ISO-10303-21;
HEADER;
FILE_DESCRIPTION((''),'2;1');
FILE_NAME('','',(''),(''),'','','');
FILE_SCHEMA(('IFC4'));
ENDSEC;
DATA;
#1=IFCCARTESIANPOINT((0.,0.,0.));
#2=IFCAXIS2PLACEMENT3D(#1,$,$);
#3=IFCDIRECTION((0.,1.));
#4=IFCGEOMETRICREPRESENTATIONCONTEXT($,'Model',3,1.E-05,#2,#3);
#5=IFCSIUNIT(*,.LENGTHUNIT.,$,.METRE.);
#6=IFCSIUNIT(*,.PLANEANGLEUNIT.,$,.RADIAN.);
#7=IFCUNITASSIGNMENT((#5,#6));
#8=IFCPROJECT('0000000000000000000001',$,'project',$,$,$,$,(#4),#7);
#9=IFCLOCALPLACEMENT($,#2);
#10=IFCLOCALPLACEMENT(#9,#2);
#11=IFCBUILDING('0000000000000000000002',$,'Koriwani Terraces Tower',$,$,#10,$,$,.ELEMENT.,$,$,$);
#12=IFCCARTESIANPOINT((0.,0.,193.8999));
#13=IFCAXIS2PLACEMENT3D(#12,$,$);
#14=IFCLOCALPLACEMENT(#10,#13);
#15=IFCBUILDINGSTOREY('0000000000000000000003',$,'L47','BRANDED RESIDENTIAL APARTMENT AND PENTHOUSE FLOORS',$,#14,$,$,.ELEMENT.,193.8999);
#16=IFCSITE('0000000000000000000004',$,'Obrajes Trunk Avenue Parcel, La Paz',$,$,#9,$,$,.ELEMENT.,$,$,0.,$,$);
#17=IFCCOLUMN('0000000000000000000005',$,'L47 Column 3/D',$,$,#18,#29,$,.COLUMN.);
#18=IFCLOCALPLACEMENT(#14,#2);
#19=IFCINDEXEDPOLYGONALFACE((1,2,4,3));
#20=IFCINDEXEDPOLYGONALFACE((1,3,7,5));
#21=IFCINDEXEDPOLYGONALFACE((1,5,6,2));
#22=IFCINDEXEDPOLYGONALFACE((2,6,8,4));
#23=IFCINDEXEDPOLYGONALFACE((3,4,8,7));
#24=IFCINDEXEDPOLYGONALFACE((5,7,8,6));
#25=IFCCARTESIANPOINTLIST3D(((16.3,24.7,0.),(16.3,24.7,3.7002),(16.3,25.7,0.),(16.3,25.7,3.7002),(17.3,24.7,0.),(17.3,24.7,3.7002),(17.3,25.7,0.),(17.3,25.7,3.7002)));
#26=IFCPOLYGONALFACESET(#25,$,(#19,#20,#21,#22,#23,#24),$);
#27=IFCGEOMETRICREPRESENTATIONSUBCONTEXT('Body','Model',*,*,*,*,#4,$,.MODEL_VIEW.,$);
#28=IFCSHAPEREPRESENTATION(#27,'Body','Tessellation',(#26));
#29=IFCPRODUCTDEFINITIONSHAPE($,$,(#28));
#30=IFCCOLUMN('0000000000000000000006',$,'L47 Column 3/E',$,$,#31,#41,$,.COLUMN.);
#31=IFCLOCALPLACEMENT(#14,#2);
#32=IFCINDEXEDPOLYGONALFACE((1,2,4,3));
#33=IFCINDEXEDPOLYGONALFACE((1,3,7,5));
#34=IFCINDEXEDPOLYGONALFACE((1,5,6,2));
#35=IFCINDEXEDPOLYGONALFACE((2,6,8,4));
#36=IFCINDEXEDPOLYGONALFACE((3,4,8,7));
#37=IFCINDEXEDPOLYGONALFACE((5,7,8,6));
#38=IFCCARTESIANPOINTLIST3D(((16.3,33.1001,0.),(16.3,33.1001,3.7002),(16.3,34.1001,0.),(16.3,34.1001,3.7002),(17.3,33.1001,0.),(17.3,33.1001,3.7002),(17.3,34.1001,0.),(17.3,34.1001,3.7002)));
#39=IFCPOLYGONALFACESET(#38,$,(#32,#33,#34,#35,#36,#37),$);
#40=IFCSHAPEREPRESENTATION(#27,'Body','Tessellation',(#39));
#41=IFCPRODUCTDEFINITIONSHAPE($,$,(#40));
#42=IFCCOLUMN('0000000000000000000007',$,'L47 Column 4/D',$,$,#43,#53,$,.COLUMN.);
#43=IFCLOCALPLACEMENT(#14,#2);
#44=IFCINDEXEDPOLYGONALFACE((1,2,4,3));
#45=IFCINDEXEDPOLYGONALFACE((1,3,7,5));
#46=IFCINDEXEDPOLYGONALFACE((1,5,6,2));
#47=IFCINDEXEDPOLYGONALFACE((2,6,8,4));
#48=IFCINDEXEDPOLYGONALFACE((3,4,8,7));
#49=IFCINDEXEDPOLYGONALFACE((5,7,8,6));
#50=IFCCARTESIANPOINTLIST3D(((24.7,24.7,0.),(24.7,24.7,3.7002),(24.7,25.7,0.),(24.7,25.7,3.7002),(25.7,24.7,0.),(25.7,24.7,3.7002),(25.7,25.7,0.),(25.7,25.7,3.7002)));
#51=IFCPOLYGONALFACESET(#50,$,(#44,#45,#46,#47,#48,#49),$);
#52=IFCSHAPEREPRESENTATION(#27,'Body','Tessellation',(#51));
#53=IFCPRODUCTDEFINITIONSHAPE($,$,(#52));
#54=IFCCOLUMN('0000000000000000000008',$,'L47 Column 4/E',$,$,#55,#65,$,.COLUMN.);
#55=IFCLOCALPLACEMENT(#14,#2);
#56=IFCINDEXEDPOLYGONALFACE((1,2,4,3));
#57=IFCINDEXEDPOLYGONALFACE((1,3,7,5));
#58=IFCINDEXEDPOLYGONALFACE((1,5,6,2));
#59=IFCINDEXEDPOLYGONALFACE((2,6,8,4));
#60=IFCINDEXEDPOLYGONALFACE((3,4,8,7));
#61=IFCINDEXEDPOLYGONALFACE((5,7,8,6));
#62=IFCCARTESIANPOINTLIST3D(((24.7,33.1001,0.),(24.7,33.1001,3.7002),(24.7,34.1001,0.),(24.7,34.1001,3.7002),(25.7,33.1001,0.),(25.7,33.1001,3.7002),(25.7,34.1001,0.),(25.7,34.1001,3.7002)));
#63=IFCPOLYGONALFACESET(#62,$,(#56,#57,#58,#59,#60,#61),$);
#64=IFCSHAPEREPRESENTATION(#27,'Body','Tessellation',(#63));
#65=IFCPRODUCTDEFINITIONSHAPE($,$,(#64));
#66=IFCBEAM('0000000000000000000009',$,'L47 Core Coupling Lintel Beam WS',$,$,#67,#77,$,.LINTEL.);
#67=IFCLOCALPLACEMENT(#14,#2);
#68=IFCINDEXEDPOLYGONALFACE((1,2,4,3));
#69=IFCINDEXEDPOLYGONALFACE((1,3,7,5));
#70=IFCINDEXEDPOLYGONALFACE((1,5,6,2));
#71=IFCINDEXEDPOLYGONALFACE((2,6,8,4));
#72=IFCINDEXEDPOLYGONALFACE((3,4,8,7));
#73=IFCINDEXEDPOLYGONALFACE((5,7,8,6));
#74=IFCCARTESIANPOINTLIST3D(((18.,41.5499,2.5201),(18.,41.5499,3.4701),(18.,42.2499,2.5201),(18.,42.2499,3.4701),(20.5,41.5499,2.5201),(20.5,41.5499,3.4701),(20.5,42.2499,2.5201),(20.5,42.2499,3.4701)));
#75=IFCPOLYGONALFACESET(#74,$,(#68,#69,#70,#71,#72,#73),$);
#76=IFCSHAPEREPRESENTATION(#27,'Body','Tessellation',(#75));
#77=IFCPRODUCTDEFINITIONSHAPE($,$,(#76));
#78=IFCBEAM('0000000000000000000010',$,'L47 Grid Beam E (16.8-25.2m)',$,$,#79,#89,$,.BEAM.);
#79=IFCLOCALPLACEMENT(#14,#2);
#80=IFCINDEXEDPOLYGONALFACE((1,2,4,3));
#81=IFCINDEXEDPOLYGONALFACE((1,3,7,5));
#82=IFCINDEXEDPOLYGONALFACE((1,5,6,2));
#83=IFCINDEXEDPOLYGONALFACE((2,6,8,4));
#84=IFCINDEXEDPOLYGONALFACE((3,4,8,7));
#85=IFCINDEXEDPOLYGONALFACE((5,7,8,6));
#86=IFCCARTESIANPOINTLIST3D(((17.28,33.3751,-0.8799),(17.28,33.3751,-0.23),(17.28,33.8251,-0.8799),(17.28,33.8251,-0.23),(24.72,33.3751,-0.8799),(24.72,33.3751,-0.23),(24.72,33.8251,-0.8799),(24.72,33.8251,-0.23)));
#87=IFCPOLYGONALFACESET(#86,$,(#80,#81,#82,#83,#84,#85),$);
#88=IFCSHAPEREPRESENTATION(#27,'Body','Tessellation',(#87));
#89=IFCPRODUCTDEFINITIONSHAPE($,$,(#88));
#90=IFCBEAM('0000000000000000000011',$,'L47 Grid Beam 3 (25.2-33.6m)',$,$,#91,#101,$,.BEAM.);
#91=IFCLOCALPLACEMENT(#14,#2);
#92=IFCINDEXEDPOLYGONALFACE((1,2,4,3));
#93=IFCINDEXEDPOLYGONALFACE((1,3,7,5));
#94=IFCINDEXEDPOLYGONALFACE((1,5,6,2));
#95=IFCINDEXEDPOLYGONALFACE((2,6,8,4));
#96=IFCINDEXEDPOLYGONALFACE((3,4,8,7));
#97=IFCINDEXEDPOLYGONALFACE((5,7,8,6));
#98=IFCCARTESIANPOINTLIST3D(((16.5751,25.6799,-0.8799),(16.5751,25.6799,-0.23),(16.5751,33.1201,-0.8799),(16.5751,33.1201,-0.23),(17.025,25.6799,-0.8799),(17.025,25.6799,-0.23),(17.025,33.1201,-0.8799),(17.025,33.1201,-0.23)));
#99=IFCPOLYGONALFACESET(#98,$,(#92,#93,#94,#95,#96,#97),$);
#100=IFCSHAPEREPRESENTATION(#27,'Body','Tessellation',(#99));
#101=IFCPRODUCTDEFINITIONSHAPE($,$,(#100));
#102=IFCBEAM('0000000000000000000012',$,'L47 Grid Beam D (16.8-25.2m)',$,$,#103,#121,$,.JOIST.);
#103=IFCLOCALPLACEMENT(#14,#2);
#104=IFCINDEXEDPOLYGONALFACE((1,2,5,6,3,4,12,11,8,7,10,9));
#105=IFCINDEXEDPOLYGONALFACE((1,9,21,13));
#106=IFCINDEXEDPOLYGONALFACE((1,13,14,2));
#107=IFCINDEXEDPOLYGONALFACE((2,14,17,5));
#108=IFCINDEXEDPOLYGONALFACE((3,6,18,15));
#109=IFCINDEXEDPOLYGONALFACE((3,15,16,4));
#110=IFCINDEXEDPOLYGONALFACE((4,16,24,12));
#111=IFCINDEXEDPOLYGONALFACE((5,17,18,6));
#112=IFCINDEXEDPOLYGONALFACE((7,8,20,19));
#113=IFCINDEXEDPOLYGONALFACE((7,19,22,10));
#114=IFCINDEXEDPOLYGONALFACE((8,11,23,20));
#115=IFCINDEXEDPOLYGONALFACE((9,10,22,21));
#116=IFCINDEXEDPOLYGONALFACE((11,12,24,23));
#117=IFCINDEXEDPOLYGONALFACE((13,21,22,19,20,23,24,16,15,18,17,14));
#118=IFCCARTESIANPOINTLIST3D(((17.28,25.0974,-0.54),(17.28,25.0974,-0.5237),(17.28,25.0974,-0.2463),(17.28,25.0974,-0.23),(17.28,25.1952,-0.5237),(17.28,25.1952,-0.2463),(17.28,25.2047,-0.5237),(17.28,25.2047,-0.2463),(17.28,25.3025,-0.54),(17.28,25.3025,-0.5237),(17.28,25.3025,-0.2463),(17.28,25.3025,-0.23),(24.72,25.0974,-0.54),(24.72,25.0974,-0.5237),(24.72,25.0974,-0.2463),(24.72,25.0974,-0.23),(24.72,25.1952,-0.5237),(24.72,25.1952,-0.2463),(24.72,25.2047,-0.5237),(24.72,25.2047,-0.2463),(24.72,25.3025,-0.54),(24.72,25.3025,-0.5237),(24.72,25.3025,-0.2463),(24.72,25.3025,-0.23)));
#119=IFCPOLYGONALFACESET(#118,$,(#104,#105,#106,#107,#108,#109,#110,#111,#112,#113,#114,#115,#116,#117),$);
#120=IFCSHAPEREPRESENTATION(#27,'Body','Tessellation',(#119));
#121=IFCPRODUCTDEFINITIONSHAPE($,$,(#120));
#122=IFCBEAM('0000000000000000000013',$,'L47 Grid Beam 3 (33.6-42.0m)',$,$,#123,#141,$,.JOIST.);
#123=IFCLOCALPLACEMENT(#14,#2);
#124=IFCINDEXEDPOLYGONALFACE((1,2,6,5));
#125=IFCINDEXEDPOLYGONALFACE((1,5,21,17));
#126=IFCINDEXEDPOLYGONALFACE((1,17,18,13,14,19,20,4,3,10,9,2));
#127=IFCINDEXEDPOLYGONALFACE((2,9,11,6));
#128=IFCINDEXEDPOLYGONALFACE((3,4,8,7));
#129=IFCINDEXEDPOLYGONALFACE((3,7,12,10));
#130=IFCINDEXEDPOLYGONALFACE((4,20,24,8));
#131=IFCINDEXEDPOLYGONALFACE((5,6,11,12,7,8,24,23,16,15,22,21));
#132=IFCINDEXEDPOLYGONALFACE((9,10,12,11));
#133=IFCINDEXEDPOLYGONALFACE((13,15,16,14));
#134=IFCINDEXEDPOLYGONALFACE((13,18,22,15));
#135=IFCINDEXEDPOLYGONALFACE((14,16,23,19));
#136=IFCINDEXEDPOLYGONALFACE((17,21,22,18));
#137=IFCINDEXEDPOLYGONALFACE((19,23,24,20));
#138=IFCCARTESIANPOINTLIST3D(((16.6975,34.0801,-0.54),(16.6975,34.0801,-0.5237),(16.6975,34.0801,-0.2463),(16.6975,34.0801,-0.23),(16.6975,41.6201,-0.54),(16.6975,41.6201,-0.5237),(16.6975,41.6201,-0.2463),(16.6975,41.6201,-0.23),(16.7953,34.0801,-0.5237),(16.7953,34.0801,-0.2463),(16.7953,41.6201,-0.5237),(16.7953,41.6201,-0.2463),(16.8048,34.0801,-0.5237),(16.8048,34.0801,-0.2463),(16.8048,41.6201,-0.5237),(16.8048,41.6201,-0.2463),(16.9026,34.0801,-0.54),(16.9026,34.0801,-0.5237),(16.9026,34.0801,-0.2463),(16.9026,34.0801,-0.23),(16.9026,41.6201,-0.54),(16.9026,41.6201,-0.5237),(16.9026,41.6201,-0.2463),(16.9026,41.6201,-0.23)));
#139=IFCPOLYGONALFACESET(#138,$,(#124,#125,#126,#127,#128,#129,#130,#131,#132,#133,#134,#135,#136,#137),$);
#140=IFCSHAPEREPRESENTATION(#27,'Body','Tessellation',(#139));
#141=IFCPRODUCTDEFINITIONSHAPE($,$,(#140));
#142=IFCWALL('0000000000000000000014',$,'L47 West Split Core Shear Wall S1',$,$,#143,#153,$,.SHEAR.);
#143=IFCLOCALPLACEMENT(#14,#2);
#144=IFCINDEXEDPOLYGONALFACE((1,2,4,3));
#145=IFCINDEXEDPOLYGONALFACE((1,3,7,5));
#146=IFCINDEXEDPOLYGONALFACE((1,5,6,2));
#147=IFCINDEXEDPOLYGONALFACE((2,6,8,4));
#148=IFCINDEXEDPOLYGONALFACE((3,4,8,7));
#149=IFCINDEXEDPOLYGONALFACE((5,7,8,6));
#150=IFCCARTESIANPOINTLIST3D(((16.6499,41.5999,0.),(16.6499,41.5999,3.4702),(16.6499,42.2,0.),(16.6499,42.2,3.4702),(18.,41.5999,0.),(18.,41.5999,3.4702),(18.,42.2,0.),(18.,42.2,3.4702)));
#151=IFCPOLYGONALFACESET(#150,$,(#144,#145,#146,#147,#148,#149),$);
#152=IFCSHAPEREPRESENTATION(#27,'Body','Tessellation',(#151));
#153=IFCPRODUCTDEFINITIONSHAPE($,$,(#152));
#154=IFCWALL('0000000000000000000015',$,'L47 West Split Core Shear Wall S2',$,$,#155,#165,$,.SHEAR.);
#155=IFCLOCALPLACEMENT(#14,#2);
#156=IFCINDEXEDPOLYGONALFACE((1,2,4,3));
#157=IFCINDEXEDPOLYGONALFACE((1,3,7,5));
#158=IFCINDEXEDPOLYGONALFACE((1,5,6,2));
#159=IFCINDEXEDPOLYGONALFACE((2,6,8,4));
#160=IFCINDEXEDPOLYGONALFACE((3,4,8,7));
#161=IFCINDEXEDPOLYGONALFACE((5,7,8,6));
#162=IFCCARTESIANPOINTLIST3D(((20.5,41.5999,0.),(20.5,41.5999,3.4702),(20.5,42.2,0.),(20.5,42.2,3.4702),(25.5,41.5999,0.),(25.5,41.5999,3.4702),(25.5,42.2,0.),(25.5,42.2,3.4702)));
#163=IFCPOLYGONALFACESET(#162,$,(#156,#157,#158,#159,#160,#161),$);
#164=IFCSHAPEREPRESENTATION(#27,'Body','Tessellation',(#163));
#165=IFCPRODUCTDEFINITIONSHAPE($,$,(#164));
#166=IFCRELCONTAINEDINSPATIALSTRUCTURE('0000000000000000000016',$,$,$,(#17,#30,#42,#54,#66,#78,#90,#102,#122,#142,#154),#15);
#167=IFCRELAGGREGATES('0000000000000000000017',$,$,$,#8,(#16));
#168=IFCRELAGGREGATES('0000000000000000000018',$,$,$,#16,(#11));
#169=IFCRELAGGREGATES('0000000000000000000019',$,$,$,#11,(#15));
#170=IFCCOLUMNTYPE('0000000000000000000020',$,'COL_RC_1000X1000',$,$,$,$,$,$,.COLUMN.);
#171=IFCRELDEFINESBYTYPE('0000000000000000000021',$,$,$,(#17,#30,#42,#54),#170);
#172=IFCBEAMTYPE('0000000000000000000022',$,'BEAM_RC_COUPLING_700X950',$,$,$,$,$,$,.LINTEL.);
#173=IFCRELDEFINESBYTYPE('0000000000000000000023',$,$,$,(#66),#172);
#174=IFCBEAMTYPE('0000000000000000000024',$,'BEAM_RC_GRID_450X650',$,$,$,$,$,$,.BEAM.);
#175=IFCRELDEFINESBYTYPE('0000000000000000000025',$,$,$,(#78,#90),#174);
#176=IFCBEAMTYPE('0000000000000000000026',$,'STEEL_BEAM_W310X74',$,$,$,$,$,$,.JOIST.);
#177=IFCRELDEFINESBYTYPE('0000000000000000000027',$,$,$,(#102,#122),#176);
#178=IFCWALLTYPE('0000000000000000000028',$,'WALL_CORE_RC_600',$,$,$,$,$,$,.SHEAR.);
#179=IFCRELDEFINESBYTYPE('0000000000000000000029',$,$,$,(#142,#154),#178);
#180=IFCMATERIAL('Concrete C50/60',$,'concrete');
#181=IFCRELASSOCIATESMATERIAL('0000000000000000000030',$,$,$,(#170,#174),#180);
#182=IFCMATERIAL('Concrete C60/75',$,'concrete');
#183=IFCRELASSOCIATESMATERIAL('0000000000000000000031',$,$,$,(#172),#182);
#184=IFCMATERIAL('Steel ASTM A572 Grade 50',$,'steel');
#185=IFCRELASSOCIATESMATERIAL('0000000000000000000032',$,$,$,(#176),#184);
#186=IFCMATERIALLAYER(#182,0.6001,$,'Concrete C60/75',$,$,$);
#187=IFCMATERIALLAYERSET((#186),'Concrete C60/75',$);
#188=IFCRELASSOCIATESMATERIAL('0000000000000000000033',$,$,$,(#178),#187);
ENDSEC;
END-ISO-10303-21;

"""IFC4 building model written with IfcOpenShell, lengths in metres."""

from ifc_helpers import new_model, si_unit, direction, frame, frame_2d, origin, origin_2d, place, context, subcontext, project, spatial, rectangle, i_section, extrude, material, layer, layer_set, material_profile, profile_set, type_object, element, save


model = new_model("IFC4")

# Units and contexts
model_context = context("Model", 3, precision=1e-05, world=origin(), true_north=direction((0.0, 1.0)))
body_context = subcontext(model_context, "Body", "Model", "MODEL_VIEW")
ifc_project = project(units=[si_unit("LENGTHUNIT", "METRE"), si_unit("PLANEANGLEUNIT", "RADIAN")], contexts=[model_context])

# Site, building, storey
site_placement = place(None, origin())
site = spatial("IfcSite", under=ifc_project, at=site_placement, Name="Obrajes Trunk Avenue Parcel, La Paz", CompositionType="ELEMENT", RefElevation=0.0)
building_placement = place(site_placement, origin())
building = spatial("IfcBuilding", under=site, at=building_placement, Name="Koriwani Terraces Tower", CompositionType="ELEMENT")
storey_placement = place(building_placement, frame((0.0, 0.0, 193.8999)))
storey = spatial("IfcBuildingStorey", under=building, at=storey_placement, Name="L47", Description="BRANDED RESIDENTIAL APARTMENT AND PENTHOUSE FLOORS", CompositionType="ELEMENT", Elevation=193.8999)

# Columns
ifc_material_1 = material(Name="Concrete C50/60", Category="concrete")
ifc_material_profile_1 = material_profile(ifc_material_1, rectangle(XDim=1.0, YDim=1.0, at=origin_2d()), Name="Concrete C50/60", Category="LoadBearing")
ifc_profile_set_1 = profile_set([ifc_material_profile_1], Name="Concrete C50/60")
column_type = type_object("IfcColumnType", Name="COL_RC_1000X1000", PredefinedType="COLUMN", material=ifc_profile_set_1)
for number, where, z_axis, x_axis, name in (
    (1, (16.8, 25.2, 0.0), (0.0, 0.0, 1.0), (1.0, 0.0, 0.0), "L47 Column 3/D"),
    (2, (16.8, 33.6001, 0.0), (0.0, 0.0, 1.0), (1.0, 0.0, 0.0), "L47 Column 3/E"),
    (3, (25.2, 25.2, 0.0), (0.0, 0.0, 1.0), (1.0, 0.0, 0.0), "L47 Column 4/D"),
    (4, (25.2, 33.6001, 0.0), (0.0, 0.0, 1.0), (1.0, 0.0, 0.0), "L47 Column 4/E"),
):
    element("IfcColumn", number, at=place(storey_placement, frame(where, z_axis=z_axis, x_axis=x_axis)), inside=storey, type_object=column_type, Name=name, PredefinedType="COLUMN", context=body_context, shape_type="SweptSolid", body=[
        extrude(rectangle(XDim=1.0, YDim=1.0, at=origin_2d()), origin(), (0.0, 0.0, 1.0), 3.7002),
    ])

# Beams
ifc_material_2 = material(Name="Concrete C60/75", Category="concrete")
ifc_material_profile_2 = material_profile(ifc_material_2, rectangle(XDim=0.7, YDim=0.95, at=origin_2d()), Name="Concrete C60/75", Category="LoadBearing")
ifc_profile_set_2 = profile_set([ifc_material_profile_2], Name="Concrete C60/75")
beam_type_1 = type_object("IfcBeamType", Name="BEAM_RC_COUPLING_700X950", PredefinedType="LINTEL", material=ifc_profile_set_2)
beam_1_placement = place(storey_placement, frame((18.0, 41.8999, 2.9951), z_axis=(1.0, 0.0, 0.0), x_axis=(0.0, 1.0, 0.0)))
element("IfcBeam", 5, at=beam_1_placement, inside=storey, type_object=beam_type_1, Name="L47 Core Coupling Lintel Beam WS", PredefinedType="LINTEL", context=body_context, shape_type="SweptSolid", body=[
    extrude(rectangle(XDim=0.7, YDim=0.95, at=origin_2d()), origin(), (0.0, 0.0, 1.0), 2.5),
])
ifc_material_profile_3 = material_profile(ifc_material_1, rectangle(XDim=0.45, YDim=0.6499, at=origin_2d()), Name="Concrete C50/60", Category="LoadBearing")
ifc_profile_set_3 = profile_set([ifc_material_profile_3], Name="Concrete C50/60")
beam_type_2 = type_object("IfcBeamType", Name="BEAM_RC_GRID_450X650", PredefinedType="BEAM", material=ifc_profile_set_3)
beam_2_placement = place(storey_placement, frame((17.28, 33.6001, -0.5549), z_axis=(1.0, 0.0, 0.0), x_axis=(0.0, 1.0, 0.0)))
element("IfcBeam", 6, at=beam_2_placement, inside=storey, type_object=beam_type_2, Name="L47 Grid Beam E (16.8-25.2m)", PredefinedType="BEAM", context=body_context, shape_type="SweptSolid", body=[
    extrude(rectangle(XDim=0.45, YDim=0.6499, at=origin_2d()), origin(), (0.0, 0.0, 1.0), 7.4399),
])
beam_3_placement = place(storey_placement, frame((16.8, 25.6799, -0.5549), z_axis=(0.0, 1.0, 0.0), x_axis=(-1.0, 0.0, 0.0)))
element("IfcBeam", 7, at=beam_3_placement, inside=storey, type_object=beam_type_2, Name="L47 Grid Beam 3 (25.2-33.6m)", PredefinedType="BEAM", context=body_context, shape_type="SweptSolid", body=[
    extrude(rectangle(XDim=0.45, YDim=0.6499, at=origin_2d()), origin(), (0.0, 0.0, 1.0), 7.4402),
])
ifc_material_3 = material(Name="Steel ASTM A572 Grade 50", Category="steel")
ifc_material_profile_4 = material_profile(ifc_material_3, i_section(OverallWidth=0.2051, OverallDepth=0.3101, WebThickness=0.0095, FlangeThickness=0.0164, at=origin_2d()), Name="Steel ASTM A572 Grade 50", Category="LoadBearing")
ifc_profile_set_4 = profile_set([ifc_material_profile_4], Name="Steel ASTM A572 Grade 50")
beam_type_3 = type_object("IfcBeamType", Name="STEEL_BEAM_W310X74", PredefinedType="JOIST", material=ifc_profile_set_4)
beam_4_placement = place(storey_placement, frame((17.28, 25.2, -0.385), z_axis=(1.0, 0.0, 0.0), x_axis=(0.0, 1.0, 0.0)))
element("IfcBeam", 8, at=beam_4_placement, inside=storey, type_object=beam_type_3, Name="L47 Grid Beam D (16.8-25.2m)", PredefinedType="JOIST", context=body_context, shape_type="SweptSolid", body=[
    extrude(i_section(OverallWidth=0.2051, OverallDepth=0.3101, WebThickness=0.0095, FlangeThickness=0.0164, at=origin_2d()), origin(), (0.0, 0.0, 1.0), 7.4399),
])
beam_5_placement = place(storey_placement, frame((16.8, 34.0801, -0.385), z_axis=(0.0, 1.0, 0.0), x_axis=(-1.0, 0.0, 0.0)))
element("IfcBeam", 9, at=beam_5_placement, inside=storey, type_object=beam_type_3, Name="L47 Grid Beam 3 (33.6-42.0m)", PredefinedType="JOIST", context=body_context, shape_type="SweptSolid", body=[
    extrude(i_section(OverallWidth=0.2051, OverallDepth=0.3101, WebThickness=0.0095, FlangeThickness=0.0164, at=origin_2d()), origin(), (0.0, 0.0, 1.0), 7.54),
])

# Walls
ifc_layer_1 = layer(ifc_material_2, 0.6001, Name="Concrete C60/75")
ifc_layer_set_1 = layer_set([ifc_layer_1], Name="Concrete C60/75")
wall_type_1 = type_object("IfcWallType", Name="WALL_CORE_RC_600", PredefinedType="SHEAR", material=ifc_layer_set_1)
wall_1_placement = place(storey_placement, frame((16.6499, 41.8999, 0.0), z_axis=(0.0, 0.0, 1.0), x_axis=(1.0, 0.0, 0.0)))
element("IfcWall", 10, at=wall_1_placement, inside=storey, type_object=wall_type_1, Name="L47 West Split Core Shear Wall S1", PredefinedType="SHEAR", context=body_context, shape_type="SweptSolid", body=[
    extrude(rectangle(XDim=1.3501, YDim=0.6001, at=frame_2d((0.675, 0.0))), origin(), (0.0, 0.0, 1.0), 3.4702),
])
wall_2_placement = place(storey_placement, frame((20.5, 41.8999, 0.0), z_axis=(0.0, 0.0, 1.0), x_axis=(1.0, 0.0, 0.0)))
element("IfcWall", 11, at=wall_2_placement, inside=storey, type_object=wall_type_1, Name="L47 West Split Core Shear Wall S2", PredefinedType="SHEAR", context=body_context, shape_type="SweptSolid", body=[
    extrude(rectangle(XDim=5.0, YDim=0.6001, at=frame_2d((2.5, 0.0))), origin(), (0.0, 0.0, 1.0), 3.4702),
])

save(model, "model.ifc")
